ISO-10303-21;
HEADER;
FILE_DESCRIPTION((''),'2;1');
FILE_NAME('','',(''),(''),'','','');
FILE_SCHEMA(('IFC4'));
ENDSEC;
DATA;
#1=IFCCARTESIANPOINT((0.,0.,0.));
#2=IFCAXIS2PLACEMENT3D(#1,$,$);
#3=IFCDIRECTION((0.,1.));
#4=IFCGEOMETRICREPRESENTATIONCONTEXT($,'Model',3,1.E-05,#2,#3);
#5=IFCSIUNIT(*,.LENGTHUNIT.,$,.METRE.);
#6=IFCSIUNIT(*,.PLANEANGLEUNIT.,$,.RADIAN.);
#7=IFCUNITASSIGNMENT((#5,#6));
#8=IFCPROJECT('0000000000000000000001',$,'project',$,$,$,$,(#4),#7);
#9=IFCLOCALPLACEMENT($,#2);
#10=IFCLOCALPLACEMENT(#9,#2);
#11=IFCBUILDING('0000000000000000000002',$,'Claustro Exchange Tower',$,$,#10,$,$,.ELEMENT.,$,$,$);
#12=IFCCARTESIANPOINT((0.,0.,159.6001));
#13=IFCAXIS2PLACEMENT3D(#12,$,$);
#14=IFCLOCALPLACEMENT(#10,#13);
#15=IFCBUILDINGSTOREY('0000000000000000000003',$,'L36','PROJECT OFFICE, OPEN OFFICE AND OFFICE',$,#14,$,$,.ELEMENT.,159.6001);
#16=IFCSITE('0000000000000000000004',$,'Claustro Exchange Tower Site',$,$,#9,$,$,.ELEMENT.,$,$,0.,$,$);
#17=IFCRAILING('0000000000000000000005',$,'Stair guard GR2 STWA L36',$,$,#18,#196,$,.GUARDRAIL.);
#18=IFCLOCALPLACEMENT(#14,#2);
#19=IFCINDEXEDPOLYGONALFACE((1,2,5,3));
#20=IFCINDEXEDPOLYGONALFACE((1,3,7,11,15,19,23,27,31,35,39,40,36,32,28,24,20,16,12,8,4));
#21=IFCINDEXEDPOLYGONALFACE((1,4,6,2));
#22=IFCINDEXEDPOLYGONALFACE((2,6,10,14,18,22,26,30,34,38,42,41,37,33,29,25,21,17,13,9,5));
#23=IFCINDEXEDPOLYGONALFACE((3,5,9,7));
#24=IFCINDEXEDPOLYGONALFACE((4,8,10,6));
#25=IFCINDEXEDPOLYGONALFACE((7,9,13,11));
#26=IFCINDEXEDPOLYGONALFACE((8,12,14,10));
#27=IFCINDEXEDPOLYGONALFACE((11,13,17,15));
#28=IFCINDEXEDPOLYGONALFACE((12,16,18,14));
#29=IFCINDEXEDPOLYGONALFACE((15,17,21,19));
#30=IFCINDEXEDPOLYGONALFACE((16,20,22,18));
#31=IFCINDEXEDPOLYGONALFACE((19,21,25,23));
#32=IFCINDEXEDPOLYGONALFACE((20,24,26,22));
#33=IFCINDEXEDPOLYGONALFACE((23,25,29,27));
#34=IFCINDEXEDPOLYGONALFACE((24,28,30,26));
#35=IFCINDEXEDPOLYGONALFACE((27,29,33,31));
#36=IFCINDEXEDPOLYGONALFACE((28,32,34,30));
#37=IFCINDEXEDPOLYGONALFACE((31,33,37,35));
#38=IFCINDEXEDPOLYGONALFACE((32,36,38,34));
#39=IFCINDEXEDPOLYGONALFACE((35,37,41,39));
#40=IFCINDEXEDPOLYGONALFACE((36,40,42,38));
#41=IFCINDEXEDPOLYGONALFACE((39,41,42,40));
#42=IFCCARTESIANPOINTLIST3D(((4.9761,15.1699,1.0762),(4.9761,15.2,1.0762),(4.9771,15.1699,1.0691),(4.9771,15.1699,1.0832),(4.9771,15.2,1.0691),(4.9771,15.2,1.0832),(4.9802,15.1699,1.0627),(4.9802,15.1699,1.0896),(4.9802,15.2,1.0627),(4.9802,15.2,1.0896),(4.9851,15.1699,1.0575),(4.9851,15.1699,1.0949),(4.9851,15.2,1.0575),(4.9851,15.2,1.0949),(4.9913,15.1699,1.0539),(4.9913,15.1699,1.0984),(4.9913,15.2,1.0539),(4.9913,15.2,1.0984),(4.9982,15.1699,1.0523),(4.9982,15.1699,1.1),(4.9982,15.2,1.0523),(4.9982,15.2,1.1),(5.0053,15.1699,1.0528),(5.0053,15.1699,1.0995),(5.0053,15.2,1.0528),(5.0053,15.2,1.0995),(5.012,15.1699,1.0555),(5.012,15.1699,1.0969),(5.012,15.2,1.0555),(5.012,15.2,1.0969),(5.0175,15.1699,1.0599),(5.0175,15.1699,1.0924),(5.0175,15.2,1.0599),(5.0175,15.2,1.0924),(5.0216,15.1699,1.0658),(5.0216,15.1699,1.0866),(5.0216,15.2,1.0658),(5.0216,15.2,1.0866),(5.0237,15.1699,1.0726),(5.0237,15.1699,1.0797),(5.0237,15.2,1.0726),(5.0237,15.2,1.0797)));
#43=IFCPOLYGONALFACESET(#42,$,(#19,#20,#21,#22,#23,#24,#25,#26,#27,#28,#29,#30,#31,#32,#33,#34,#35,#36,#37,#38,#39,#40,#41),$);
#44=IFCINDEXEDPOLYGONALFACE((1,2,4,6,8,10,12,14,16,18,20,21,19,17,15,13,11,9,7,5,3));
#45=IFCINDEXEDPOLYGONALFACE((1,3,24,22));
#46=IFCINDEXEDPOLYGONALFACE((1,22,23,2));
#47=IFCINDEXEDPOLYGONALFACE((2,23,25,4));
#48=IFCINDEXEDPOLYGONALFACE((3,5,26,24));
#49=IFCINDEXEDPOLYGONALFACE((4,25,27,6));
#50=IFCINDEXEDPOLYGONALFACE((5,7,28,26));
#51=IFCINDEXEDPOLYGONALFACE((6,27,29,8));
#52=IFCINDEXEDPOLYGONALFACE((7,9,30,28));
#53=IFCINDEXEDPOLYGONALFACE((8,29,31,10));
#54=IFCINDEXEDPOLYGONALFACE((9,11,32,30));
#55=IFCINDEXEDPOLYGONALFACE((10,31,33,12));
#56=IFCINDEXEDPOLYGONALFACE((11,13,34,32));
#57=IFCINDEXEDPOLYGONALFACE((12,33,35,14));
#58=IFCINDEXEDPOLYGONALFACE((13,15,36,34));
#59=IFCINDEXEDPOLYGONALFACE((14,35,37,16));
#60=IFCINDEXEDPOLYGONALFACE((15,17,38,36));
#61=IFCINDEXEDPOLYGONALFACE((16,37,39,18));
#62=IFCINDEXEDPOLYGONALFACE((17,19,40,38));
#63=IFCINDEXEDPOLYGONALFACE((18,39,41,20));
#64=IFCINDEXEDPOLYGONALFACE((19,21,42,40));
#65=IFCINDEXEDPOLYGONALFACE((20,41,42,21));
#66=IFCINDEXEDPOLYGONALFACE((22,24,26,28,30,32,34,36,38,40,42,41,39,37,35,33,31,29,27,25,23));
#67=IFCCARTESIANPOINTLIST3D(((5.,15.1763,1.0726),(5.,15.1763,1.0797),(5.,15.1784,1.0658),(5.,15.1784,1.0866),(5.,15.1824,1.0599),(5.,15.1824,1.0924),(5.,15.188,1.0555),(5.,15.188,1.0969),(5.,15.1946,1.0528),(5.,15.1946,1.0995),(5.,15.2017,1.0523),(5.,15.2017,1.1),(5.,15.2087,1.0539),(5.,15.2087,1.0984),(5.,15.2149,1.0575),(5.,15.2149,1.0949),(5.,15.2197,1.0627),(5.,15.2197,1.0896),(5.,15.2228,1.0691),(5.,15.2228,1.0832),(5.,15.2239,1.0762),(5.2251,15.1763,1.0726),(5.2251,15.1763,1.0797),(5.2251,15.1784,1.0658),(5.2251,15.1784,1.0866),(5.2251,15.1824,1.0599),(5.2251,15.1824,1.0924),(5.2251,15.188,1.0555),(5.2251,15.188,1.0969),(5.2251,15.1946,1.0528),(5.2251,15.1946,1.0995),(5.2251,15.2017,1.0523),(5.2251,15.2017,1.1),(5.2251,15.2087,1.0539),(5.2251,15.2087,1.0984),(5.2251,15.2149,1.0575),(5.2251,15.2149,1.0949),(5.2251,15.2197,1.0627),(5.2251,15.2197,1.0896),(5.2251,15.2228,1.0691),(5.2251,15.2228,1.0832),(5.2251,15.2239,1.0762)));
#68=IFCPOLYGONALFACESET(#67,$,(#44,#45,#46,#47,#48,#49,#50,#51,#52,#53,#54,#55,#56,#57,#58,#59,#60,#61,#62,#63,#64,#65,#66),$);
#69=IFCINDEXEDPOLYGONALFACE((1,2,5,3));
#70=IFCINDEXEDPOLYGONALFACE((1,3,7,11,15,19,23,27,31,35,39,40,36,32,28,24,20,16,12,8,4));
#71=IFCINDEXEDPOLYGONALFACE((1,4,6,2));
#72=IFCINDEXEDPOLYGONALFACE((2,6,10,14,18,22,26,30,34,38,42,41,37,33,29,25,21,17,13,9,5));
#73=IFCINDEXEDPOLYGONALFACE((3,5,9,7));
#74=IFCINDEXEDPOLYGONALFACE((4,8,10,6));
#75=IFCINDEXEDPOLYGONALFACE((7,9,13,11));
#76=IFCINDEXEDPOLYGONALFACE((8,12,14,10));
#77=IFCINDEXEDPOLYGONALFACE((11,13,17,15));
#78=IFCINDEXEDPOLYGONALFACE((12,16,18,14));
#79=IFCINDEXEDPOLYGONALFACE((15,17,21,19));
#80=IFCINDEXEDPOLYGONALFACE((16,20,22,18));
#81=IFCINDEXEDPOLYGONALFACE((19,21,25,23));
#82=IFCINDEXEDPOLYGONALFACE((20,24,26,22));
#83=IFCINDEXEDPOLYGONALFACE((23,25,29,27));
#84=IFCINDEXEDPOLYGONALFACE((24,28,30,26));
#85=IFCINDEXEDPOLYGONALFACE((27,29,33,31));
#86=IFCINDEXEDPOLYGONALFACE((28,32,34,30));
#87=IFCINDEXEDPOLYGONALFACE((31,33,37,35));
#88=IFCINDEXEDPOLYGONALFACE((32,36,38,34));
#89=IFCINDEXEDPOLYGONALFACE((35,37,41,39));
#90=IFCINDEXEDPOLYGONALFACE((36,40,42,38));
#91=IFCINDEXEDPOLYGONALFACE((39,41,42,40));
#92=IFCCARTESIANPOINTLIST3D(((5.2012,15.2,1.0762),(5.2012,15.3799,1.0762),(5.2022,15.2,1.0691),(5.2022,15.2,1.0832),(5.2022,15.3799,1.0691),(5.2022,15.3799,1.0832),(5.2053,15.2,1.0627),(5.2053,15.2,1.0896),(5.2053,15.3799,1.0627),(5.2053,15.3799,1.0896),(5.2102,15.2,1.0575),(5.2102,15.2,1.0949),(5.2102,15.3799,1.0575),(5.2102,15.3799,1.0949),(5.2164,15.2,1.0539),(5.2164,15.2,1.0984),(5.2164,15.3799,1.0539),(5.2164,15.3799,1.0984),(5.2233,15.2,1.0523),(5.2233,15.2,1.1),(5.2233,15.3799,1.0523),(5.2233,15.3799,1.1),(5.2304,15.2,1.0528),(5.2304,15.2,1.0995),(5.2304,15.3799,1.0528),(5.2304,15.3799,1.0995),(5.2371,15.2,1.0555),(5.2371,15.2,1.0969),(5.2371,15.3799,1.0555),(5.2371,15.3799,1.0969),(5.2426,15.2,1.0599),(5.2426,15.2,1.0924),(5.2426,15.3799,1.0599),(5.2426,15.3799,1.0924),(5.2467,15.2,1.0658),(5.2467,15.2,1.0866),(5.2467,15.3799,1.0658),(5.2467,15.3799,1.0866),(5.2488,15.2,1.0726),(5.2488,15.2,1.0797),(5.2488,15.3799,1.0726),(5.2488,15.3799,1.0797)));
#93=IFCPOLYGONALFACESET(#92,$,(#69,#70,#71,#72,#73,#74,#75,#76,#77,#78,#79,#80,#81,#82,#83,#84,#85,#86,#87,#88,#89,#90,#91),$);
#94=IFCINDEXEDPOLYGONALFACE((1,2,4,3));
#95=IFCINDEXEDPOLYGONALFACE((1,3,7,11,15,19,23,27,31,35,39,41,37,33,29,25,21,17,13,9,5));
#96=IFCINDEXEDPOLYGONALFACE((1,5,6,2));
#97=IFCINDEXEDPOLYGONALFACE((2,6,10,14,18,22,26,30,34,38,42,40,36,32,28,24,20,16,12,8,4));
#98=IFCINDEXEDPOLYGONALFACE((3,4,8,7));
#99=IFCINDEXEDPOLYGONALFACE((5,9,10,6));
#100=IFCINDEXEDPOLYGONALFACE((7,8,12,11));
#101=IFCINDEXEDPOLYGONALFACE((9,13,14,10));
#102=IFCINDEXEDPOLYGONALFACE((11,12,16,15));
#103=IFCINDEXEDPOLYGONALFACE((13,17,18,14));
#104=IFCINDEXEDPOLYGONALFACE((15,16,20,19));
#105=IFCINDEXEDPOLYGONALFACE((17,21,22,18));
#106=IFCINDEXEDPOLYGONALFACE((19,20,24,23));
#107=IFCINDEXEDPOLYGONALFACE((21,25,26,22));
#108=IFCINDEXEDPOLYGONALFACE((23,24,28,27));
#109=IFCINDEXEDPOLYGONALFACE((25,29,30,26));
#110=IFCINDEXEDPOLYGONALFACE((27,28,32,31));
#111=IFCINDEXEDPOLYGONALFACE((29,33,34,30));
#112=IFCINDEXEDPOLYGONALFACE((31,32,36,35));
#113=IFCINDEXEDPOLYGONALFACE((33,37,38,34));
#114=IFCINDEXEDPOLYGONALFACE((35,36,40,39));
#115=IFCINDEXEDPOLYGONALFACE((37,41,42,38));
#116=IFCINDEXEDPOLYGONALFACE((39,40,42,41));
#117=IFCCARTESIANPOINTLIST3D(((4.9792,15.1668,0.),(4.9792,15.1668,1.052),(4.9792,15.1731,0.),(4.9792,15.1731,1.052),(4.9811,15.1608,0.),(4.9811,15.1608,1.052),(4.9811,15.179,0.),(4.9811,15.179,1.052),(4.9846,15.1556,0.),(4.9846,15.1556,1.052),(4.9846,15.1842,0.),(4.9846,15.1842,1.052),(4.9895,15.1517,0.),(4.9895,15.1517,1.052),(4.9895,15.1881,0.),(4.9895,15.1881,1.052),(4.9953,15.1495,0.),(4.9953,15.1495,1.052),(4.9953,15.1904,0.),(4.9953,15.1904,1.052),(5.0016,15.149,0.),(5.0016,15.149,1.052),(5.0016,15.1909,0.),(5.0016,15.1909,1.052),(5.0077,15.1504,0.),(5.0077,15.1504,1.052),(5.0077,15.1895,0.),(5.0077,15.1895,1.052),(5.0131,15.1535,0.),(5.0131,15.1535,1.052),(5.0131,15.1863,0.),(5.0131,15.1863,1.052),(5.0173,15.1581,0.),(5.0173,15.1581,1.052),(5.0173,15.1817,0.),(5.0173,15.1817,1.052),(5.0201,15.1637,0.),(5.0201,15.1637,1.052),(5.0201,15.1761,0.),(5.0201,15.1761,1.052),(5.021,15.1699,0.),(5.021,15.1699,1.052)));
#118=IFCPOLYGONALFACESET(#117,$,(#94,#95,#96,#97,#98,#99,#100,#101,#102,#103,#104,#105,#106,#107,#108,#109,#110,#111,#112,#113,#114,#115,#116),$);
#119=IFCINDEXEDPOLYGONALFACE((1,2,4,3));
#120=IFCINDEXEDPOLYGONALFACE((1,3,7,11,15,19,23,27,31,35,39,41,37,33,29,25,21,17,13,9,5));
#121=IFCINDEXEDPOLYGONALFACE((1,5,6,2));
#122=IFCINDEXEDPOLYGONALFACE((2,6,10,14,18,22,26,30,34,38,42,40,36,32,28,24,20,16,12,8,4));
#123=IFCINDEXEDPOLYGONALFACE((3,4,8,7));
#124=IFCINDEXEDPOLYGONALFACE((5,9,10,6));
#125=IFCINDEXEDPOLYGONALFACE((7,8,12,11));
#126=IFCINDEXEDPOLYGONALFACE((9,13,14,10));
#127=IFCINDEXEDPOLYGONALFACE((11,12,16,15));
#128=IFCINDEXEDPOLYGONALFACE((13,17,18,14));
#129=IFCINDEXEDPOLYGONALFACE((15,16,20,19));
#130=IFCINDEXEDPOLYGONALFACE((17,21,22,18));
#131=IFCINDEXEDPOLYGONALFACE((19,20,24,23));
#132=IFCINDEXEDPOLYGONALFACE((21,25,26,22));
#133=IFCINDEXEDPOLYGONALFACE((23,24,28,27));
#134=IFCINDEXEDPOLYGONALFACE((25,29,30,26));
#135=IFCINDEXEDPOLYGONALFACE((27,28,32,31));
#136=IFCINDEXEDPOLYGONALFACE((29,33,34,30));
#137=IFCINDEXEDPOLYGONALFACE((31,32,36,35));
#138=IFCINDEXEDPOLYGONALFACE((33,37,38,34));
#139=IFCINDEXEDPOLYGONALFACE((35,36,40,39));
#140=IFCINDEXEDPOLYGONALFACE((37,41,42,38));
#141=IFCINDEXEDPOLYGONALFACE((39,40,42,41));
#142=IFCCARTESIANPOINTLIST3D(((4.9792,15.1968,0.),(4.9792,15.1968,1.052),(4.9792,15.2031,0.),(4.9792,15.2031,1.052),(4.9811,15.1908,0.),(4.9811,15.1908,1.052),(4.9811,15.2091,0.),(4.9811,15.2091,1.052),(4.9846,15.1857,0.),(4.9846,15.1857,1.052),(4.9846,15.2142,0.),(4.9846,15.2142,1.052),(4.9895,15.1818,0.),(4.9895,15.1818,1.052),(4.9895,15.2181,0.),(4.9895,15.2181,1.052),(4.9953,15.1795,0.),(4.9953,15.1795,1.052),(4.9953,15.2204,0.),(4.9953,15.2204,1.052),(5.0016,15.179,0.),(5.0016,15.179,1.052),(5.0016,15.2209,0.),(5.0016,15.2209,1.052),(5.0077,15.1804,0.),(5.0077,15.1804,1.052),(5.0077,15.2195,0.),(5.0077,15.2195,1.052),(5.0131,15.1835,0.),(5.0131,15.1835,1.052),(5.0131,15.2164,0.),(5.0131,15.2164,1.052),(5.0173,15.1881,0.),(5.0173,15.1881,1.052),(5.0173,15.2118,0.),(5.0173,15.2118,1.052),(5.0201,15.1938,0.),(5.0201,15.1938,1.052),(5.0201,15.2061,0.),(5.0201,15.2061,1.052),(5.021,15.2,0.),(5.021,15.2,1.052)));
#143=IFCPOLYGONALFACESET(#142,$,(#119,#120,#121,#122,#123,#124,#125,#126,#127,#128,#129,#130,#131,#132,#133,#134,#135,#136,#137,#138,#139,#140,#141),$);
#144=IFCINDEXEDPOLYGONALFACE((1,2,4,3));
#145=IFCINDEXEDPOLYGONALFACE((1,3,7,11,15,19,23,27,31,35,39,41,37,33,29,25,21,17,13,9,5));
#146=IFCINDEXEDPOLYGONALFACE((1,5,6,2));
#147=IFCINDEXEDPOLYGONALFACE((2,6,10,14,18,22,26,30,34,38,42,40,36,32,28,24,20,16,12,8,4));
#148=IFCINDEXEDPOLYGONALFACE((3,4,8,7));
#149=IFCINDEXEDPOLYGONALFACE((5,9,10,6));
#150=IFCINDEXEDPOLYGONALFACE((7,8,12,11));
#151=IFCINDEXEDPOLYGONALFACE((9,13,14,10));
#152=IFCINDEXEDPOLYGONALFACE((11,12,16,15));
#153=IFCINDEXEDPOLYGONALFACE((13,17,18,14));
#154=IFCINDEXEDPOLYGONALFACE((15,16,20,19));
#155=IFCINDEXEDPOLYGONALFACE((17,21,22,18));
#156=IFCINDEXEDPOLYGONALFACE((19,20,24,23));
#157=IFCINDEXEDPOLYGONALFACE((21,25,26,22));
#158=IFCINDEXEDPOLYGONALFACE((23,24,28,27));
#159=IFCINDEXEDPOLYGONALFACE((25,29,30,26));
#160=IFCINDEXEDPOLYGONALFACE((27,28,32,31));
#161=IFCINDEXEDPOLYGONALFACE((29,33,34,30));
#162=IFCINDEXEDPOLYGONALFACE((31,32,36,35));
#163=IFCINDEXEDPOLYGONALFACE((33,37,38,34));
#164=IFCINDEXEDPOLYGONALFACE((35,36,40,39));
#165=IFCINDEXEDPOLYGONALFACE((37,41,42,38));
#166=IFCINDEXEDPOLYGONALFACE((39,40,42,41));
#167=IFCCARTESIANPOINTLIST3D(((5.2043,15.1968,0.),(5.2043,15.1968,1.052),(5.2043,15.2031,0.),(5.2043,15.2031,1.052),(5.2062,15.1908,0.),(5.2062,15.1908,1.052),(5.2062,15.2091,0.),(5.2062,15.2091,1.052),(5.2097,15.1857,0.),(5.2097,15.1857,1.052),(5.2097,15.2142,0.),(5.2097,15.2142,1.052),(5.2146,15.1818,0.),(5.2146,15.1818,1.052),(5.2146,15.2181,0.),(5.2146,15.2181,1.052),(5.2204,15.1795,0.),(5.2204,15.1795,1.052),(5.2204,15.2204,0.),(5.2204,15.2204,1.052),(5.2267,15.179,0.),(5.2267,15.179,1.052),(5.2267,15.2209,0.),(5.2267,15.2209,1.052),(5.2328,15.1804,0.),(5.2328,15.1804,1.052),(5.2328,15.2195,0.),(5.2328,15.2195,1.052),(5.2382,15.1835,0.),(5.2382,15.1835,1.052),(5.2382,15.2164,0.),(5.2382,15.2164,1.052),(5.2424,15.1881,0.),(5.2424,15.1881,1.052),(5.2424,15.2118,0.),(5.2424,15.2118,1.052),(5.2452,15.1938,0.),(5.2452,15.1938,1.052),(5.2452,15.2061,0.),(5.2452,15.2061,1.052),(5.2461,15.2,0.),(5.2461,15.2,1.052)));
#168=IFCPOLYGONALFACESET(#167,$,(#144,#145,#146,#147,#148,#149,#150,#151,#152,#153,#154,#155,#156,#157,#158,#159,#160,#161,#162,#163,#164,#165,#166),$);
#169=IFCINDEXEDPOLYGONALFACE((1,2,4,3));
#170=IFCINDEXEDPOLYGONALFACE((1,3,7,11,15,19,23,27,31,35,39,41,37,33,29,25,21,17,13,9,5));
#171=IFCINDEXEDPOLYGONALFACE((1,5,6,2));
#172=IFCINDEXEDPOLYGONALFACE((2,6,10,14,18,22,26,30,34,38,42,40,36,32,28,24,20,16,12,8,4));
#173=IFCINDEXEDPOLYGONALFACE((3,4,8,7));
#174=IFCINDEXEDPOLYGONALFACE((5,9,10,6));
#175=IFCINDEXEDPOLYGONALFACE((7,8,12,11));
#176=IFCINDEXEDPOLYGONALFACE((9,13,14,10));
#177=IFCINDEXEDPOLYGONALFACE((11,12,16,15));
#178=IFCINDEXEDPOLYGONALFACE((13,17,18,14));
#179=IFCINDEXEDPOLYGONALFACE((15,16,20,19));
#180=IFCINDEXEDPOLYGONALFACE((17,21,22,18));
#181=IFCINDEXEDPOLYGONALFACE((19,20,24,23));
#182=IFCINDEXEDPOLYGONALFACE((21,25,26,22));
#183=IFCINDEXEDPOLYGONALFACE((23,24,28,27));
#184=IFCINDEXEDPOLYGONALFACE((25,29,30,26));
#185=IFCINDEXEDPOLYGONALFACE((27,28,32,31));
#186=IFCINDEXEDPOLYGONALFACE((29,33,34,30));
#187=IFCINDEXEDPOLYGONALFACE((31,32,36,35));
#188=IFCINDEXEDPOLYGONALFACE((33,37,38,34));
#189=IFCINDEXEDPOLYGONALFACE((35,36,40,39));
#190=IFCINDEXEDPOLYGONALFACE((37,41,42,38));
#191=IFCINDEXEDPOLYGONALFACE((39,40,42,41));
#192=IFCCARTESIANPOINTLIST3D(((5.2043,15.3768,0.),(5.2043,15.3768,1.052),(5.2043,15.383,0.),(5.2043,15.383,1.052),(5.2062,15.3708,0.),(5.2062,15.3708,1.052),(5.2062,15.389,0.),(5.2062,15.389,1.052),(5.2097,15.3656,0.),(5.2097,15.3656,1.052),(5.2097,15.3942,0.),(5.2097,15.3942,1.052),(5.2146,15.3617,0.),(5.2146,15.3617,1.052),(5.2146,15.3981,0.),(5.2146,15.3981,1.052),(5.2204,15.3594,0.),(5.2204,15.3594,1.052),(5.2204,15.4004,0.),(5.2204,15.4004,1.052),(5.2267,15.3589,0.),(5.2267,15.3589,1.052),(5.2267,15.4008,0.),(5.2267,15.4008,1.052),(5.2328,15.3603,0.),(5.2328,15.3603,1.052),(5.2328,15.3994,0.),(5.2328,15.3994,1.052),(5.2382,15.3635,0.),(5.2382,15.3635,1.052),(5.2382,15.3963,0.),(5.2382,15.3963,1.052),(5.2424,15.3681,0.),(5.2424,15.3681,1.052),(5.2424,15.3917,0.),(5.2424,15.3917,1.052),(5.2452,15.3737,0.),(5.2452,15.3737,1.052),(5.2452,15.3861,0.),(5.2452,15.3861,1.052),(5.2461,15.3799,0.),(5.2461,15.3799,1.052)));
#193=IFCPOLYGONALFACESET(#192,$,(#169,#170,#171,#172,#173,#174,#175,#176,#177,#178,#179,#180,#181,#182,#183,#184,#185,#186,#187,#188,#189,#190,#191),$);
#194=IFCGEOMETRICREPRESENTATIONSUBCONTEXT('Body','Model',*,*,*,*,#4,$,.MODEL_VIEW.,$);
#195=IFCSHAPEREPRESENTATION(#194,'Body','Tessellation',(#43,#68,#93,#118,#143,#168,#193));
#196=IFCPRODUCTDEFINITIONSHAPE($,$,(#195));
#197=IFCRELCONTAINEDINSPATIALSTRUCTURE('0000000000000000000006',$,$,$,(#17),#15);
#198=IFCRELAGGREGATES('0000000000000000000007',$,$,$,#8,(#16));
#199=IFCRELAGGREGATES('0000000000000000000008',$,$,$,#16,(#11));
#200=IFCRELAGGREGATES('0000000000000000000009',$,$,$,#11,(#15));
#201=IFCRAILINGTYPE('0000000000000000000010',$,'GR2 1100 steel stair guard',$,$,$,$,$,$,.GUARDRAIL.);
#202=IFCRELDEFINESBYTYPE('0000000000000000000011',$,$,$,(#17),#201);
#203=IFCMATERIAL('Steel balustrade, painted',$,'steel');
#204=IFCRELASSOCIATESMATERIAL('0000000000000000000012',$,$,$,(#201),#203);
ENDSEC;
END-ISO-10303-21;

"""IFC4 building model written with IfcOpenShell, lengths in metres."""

from ifc_helpers import new_model, si_unit, direction, frame, origin, origin_2d, place, context, subcontext, project, spatial, circle, extrude, material, type_object, element, save


model = new_model("IFC4")

# Units and contexts
model_context = context("Model", 3, precision=1e-05, world=origin(), true_north=direction((0.0, 1.0)))
body_context = subcontext(model_context, "Body", "Model", "MODEL_VIEW")
ifc_project = project(units=[si_unit("LENGTHUNIT", "METRE"), si_unit("PLANEANGLEUNIT", "RADIAN")], contexts=[model_context])

# Site, building, storey
site_placement = place(None, origin())
site = spatial("IfcSite", under=ifc_project, at=site_placement, Name="Claustro Exchange Tower Site", CompositionType="ELEMENT", RefElevation=0.0)
building_placement = place(site_placement, origin())
building = spatial("IfcBuilding", under=site, at=building_placement, Name="Claustro Exchange Tower", CompositionType="ELEMENT")
storey_placement = place(building_placement, frame((0.0, 0.0, 159.6001)))
storey = spatial("IfcBuildingStorey", under=building, at=storey_placement, Name="L36", Description="PROJECT OFFICE, OPEN OFFICE AND OFFICE", CompositionType="ELEMENT", Elevation=159.6001)

# Railing
ifc_material_1 = material(Name="Steel balustrade, painted", Category="steel")
railing_type_1 = type_object("IfcRailingType", Name="GR2 1100 steel stair guard", PredefinedType="GUARDRAIL", material=ifc_material_1)
railing_1_placement = place(storey_placement, frame((5.0, 15.1699, 0.0)))
element("IfcRailing", 1, at=railing_1_placement, inside=storey, type_object=railing_type_1, Name="Stair guard GR2 STWA L36", PredefinedType="GUARDRAIL", context=body_context, shape_type="SweptSolid", body=[
    extrude(circle(Radius=0.0239, at=origin_2d()), frame((0.0, 0.0, 1.0762), z_axis=(0.0, 1.0, 0.0), x_axis=(-1.0, 0.0, 0.0)), (0.0, 0.0, 1.0), 0.03),
    extrude(circle(Radius=0.0239, at=origin_2d()), frame((0.0, 0.03, 1.0762), z_axis=(1.0, 0.0, 0.0), x_axis=(0.0, 1.0, 0.0)), (0.0, 0.0, 1.0), 0.2251),
    extrude(circle(Radius=0.0239, at=origin_2d()), frame((0.2251, 0.03, 1.0762), z_axis=(0.0, 1.0, 0.0), x_axis=(-1.0, 0.0, 0.0)), (0.0, 0.0, 1.0), 0.1799),
    extrude(circle(Radius=0.021, at=origin_2d()), origin(), (0.0, 0.0, 1.0), 1.052),
    extrude(circle(Radius=0.021, at=origin_2d()), frame((0.0, 0.03, 0.0)), (0.0, 0.0, 1.0), 1.052),
    extrude(circle(Radius=0.021, at=origin_2d()), frame((0.2251, 0.03, 0.0)), (0.0, 0.0, 1.0), 1.052),
    extrude(circle(Radius=0.021, at=origin_2d()), frame((0.2251, 0.21, 0.0)), (0.0, 0.0, 1.0), 1.052),
])

save(model, "model.ifc")
